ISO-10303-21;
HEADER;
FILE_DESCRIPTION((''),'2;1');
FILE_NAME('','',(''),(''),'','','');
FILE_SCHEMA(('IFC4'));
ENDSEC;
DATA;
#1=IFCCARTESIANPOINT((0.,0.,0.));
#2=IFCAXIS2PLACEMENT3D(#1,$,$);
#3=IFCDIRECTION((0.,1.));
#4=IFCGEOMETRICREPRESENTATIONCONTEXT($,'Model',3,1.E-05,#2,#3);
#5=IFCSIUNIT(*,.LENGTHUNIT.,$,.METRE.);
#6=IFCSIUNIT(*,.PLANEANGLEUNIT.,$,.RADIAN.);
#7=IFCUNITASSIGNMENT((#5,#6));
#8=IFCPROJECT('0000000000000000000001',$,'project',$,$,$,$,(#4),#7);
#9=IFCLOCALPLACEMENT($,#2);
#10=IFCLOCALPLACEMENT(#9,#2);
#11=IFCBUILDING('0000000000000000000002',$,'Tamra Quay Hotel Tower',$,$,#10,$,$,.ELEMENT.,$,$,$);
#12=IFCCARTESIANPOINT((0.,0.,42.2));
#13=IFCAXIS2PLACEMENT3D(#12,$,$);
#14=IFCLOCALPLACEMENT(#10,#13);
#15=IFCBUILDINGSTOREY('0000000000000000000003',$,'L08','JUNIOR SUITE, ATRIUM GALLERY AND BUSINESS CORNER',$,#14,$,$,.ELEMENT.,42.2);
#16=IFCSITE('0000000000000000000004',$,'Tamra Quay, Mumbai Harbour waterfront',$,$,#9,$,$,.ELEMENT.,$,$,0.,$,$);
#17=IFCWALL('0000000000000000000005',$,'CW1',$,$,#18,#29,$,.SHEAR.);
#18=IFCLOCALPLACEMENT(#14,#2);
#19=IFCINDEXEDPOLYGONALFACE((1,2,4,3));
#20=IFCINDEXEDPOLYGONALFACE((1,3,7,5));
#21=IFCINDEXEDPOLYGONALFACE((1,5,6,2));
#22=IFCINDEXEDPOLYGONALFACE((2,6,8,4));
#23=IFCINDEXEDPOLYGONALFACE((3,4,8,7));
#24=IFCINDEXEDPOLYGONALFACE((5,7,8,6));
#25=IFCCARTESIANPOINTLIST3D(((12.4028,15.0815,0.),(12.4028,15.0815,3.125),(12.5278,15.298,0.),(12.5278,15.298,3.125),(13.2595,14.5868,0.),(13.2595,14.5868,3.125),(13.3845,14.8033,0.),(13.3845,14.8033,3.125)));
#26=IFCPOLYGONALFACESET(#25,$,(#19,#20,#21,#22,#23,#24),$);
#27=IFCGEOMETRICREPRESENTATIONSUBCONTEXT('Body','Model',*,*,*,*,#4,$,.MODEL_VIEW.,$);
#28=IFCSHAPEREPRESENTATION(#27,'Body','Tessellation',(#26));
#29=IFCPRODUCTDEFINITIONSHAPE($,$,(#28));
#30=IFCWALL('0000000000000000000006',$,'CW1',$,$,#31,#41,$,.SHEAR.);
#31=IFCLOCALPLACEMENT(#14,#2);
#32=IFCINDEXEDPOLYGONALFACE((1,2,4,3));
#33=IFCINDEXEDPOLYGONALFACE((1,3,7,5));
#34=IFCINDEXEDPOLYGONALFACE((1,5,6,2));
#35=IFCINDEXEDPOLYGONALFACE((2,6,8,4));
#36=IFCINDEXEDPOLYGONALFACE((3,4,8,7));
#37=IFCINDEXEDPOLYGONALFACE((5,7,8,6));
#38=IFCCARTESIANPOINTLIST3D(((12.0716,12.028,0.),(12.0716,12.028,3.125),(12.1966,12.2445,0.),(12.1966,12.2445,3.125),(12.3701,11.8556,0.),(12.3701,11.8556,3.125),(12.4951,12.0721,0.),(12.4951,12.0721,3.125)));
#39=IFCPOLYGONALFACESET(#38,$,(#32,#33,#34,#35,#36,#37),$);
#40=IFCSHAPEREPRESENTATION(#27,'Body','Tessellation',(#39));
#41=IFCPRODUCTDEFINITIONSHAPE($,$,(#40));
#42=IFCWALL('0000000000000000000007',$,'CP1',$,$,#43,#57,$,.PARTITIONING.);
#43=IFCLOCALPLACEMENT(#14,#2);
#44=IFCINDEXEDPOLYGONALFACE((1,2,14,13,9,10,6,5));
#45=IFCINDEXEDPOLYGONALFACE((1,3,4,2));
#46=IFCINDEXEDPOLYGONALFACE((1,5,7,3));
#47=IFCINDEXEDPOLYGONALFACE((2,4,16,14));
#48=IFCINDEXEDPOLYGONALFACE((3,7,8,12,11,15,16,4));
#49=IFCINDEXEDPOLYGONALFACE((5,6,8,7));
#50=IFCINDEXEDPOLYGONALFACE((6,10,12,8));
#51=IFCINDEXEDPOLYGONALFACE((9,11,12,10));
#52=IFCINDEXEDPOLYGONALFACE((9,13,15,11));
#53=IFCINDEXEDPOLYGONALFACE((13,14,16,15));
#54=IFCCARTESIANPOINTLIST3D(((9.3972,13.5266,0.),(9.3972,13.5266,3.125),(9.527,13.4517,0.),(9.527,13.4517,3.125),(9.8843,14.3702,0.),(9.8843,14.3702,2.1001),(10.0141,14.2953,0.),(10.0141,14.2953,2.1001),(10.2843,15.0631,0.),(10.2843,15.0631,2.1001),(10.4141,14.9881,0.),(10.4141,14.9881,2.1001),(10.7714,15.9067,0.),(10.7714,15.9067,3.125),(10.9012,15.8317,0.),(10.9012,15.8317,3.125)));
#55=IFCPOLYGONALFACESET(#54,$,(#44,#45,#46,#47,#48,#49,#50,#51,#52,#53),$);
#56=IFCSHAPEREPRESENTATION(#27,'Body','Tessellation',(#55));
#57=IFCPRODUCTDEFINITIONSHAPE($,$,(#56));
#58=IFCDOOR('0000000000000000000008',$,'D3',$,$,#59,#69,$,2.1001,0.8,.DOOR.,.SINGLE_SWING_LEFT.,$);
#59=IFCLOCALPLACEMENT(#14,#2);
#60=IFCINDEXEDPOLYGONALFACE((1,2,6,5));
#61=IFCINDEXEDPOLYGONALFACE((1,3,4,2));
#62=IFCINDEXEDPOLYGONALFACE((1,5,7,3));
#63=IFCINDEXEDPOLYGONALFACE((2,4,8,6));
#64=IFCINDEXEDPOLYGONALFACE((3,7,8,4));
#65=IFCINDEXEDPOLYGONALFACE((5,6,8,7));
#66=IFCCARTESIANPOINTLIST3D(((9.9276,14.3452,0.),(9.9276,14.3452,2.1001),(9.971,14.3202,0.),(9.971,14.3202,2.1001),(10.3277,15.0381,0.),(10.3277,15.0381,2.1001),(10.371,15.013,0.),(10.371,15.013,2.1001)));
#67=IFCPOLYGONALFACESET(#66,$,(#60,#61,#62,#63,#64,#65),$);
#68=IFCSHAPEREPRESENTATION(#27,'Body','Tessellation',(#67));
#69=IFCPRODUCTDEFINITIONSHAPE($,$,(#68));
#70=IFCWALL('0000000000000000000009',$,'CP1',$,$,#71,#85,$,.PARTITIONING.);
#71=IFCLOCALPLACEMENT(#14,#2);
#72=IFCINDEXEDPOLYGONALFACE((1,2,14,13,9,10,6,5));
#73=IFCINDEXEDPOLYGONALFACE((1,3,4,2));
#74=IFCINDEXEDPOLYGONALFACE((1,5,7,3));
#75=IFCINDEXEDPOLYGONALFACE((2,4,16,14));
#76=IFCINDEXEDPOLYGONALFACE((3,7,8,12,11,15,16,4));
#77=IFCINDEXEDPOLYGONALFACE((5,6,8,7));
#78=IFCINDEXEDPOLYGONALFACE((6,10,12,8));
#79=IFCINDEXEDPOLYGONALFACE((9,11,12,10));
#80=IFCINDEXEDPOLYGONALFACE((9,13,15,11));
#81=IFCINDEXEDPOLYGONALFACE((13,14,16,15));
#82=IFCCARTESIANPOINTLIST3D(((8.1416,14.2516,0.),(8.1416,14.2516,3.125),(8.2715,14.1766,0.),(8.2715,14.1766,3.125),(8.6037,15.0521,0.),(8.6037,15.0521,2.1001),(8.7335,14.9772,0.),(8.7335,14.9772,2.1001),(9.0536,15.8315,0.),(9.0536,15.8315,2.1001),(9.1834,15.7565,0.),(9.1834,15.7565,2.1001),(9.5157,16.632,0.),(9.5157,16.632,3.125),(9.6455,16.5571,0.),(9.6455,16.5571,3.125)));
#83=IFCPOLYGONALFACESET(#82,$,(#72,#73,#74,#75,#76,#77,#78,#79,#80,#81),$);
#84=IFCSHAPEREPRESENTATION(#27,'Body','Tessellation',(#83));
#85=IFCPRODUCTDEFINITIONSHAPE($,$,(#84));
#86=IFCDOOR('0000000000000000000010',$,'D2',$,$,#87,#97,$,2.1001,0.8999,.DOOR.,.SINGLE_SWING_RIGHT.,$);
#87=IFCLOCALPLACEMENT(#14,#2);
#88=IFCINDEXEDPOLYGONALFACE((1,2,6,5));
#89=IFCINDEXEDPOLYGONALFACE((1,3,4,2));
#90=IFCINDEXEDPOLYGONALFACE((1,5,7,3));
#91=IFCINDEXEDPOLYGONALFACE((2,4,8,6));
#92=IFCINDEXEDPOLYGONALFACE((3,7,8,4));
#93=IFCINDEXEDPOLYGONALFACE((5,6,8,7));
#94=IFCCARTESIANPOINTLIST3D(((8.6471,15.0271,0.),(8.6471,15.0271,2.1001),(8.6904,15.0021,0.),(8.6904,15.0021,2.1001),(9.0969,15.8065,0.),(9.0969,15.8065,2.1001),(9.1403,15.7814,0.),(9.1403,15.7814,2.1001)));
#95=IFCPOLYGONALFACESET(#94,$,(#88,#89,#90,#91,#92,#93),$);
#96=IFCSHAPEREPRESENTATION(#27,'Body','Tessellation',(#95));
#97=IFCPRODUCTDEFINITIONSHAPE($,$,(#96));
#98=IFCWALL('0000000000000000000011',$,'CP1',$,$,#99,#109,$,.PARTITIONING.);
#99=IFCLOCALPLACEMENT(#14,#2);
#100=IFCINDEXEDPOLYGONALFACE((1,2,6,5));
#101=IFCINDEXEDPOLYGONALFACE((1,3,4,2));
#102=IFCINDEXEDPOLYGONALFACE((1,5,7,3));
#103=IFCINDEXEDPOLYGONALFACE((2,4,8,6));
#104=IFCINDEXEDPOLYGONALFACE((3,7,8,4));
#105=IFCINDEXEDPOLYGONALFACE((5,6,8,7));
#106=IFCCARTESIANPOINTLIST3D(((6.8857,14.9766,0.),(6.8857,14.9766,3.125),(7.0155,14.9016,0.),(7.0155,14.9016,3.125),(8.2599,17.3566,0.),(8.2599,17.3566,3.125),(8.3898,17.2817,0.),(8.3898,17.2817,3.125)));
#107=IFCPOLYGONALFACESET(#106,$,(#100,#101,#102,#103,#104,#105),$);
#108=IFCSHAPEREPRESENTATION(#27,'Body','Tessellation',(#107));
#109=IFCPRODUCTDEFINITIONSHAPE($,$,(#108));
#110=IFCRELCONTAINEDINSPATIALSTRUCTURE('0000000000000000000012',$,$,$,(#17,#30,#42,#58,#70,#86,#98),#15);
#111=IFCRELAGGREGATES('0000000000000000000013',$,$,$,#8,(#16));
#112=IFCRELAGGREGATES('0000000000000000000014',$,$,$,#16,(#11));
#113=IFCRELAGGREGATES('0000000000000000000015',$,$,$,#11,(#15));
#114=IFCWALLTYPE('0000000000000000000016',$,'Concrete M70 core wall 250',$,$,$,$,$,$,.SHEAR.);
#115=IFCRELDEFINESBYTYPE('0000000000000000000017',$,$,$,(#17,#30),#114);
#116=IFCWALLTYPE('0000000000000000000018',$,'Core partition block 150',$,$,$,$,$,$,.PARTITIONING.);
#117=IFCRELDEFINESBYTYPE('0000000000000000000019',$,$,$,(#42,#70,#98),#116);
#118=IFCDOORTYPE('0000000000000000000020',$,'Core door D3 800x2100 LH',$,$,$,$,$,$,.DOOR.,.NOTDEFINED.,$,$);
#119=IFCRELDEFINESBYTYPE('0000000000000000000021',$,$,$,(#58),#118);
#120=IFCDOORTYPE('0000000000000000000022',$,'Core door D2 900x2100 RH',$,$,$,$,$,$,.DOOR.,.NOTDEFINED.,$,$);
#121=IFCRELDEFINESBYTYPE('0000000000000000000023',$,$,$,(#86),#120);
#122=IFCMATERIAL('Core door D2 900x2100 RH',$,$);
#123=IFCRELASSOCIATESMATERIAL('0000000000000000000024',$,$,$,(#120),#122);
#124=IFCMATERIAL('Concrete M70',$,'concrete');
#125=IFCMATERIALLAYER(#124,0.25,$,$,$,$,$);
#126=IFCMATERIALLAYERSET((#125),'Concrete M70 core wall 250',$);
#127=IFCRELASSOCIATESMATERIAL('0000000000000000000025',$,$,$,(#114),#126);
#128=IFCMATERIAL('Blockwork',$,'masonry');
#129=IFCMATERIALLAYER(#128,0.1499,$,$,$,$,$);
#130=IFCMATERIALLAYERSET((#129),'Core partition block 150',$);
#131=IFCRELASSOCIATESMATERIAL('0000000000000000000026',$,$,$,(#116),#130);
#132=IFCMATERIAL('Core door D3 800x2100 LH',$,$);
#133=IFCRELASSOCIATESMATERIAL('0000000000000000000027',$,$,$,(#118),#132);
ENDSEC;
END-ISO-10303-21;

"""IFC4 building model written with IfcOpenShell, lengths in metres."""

from ifc_helpers import new_model, si_unit, direction, frame, frame_2d, origin, place, context, subcontext, project, spatial, rectangle, extrude, material, layer, layer_set, type_object, element, fill, save


model = new_model("IFC4")

# Units and contexts
model_context = context("Model", 3, precision=1e-05, world=origin(), true_north=direction((0.0, 1.0)))
body_context = subcontext(model_context, "Body", "Model", "MODEL_VIEW")
ifc_project = project(units=[si_unit("LENGTHUNIT", "METRE"), si_unit("PLANEANGLEUNIT", "RADIAN")], contexts=[model_context])

# Site, building, storey
site_placement = place(None, origin())
site = spatial("IfcSite", under=ifc_project, at=site_placement, Name="Tamra Quay, Mumbai Harbour waterfront", CompositionType="ELEMENT", RefElevation=0.0)
building_placement = place(site_placement, origin())
building = spatial("IfcBuilding", under=site, at=building_placement, Name="Tamra Quay Hotel Tower", CompositionType="ELEMENT")
storey_placement = place(building_placement, frame((0.0, 0.0, 42.2)))
storey = spatial("IfcBuildingStorey", under=building, at=storey_placement, Name="L08", Description="JUNIOR SUITE, ATRIUM GALLERY AND BUSINESS CORNER", CompositionType="ELEMENT", Elevation=42.2)

# Shared definitions
ifc_material_1 = material(Name="Concrete M70", Category="concrete")

# Shared definitions
ifc_material_2 = material(Name="Core door D2 900x2100 RH")
door_type_1 = type_object("IfcDoorType", Name="Core door D2 900x2100 RH", OperationType="NOTDEFINED", PredefinedType="DOOR", material=ifc_material_2)

# Walls
ifc_layer_1 = layer(ifc_material_1, 0.25)
ifc_layer_set_1 = layer_set([ifc_layer_1], Name="Concrete M70 core wall 250")
wall_type_1 = type_object("IfcWallType", Name="Concrete M70 core wall 250", PredefinedType="SHEAR", material=ifc_layer_set_1)
wall_1_placement = place(storey_placement, frame((13.322, 14.6951, 0.0), z_axis=(0.0, 0.0, 1.0), x_axis=(-0.866017, 0.500014, 0.0)))
element("IfcWall", 1, at=wall_1_placement, inside=storey, type_object=wall_type_1, Name="CW1", PredefinedType="SHEAR", context=body_context, shape_type="SweptSolid", body=[
    extrude(rectangle(XDim=0.9893, YDim=0.25, at=frame_2d((0.4946, 0.0))), origin(), (0.0, 0.0, 1.0), 3.125),
])
wall_2_placement = place(storey_placement, frame((12.4326, 11.9639, 0.0), z_axis=(0.0, 0.0, 1.0), x_axis=(-0.866056, 0.499947, 0.0)))
element("IfcWall", 2, at=wall_2_placement, inside=storey, type_object=wall_type_1, Name="CW1", PredefinedType="SHEAR", context=body_context, shape_type="SweptSolid", body=[
    extrude(rectangle(XDim=0.3447, YDim=0.25, at=frame_2d((0.1724, 0.0))), origin(), (0.0, 0.0, 1.0), 3.125),
])

# Walls, openings, doors
ifc_material_3 = material(Name="Blockwork", Category="masonry")
ifc_layer_2 = layer(ifc_material_3, 0.1499)
ifc_layer_set_2 = layer_set([ifc_layer_2], Name="Core partition block 150")
wall_type_2 = type_object("IfcWallType", Name="Core partition block 150", PredefinedType="PARTITIONING", material=ifc_layer_set_2)
wall_3_placement = place(storey_placement, frame((9.4622, 13.4893, 0.0), z_axis=(0.0, 0.0, 1.0), x_axis=(0.500027, 0.86601, 0.0)))
wall_3 = element("IfcWall", 3, at=wall_3_placement, inside=storey, type_object=wall_type_2, Name="CP1", PredefinedType="PARTITIONING", context=body_context, shape_type="SweptSolid", body=[
    extrude(rectangle(XDim=2.7483, YDim=0.1499, at=frame_2d((1.374, 0.0))), origin(), (0.0, 0.0, 1.0), 3.125),
])
opening_1_placement = place(wall_3_placement, frame((0.9741, 0.0, 0.0)))
opening_1 = element("IfcOpeningElement", 4, at=opening_1_placement, cuts=wall_3, PredefinedType="OPENING", context=body_context, shape_type="SweptSolid", body=[
    extrude(rectangle(XDim=0.8, YDim=2.1001, at=frame_2d((0.3999, 1.05))), frame((0.0, 0.085, 0.0), z_axis=(0.0, -1.0, 0.0), x_axis=(1.0, 0.0, 0.0)), (0.0, 0.0, 1.0), 0.1699),
])
ifc_material_4 = material(Name="Core door D3 800x2100 LH")
door_type_2 = type_object("IfcDoorType", Name="Core door D3 800x2100 LH", OperationType="NOTDEFINED", PredefinedType="DOOR", material=ifc_material_4)
door_1_placement = place(opening_1_placement, origin())
door_1 = element("IfcDoor", 5, at=door_1_placement, inside=storey, type_object=door_type_2, Name="D3", OperationType="SINGLE_SWING_LEFT", OverallHeight=2.1001, OverallWidth=0.8, PredefinedType="DOOR", context=body_context, shape_type="SweptSolid", body=[
    extrude(rectangle(XDim=0.8, YDim=2.1001, at=frame_2d((0.3999, 1.05))), frame((0.0, 0.0249, 0.0), z_axis=(0.0, -1.0, 0.0), x_axis=(1.0, 0.0, 0.0)), (0.0, 0.0, 1.0), 0.05),
])
fill(opening_1, door_1)
wall_4_placement = place(storey_placement, frame((8.2065, 14.2141, 0.0), z_axis=(0.0, 0.0, 1.0), x_axis=(0.499922, 0.86607, 0.0)))
wall_4 = element("IfcWall", 6, at=wall_4_placement, inside=storey, type_object=wall_type_2, Name="CP1", PredefinedType="PARTITIONING", context=body_context, shape_type="SweptSolid", body=[
    extrude(rectangle(XDim=2.7485, YDim=0.1499, at=frame_2d((1.3743, 0.0))), origin(), (0.0, 0.0, 1.0), 3.125),
])
opening_2_placement = place(wall_4_placement, frame((0.9243, 0.0, 0.0)))
opening_2 = element("IfcOpeningElement", 7, at=opening_2_placement, cuts=wall_4, PredefinedType="OPENING", context=body_context, shape_type="SweptSolid", body=[
    extrude(rectangle(XDim=0.8999, YDim=2.1001, at=frame_2d((0.45, 1.05))), frame((0.0, 0.085, 0.0), z_axis=(0.0, -1.0, 0.0), x_axis=(1.0, 0.0, 0.0)), (0.0, 0.0, 1.0), 0.1699),
])
door_2_placement = place(opening_2_placement, origin())
door_2 = element("IfcDoor", 8, at=door_2_placement, inside=storey, type_object=door_type_1, Name="D2", OperationType="SINGLE_SWING_RIGHT", OverallHeight=2.1001, OverallWidth=0.8999, PredefinedType="DOOR", context=body_context, shape_type="SweptSolid", body=[
    extrude(rectangle(XDim=0.8999, YDim=2.1001, at=frame_2d((0.45, 1.05))), frame((0.0, 0.0249, 0.0), z_axis=(0.0, -1.0, 0.0), x_axis=(1.0, 0.0, 0.0)), (0.0, 0.0, 1.0), 0.05),
])
fill(opening_2, door_2)

# Wall
wall_5_placement = place(storey_placement, frame((6.9507, 14.9392, 0.0), z_axis=(0.0, 0.0, 1.0), x_axis=(0.500027, 0.86601, 0.0)))
element("IfcWall", 9, at=wall_5_placement, inside=storey, type_object=wall_type_2, Name="CP1", PredefinedType="PARTITIONING", context=body_context, shape_type="SweptSolid", body=[
    extrude(rectangle(XDim=2.7483, YDim=0.1499, at=frame_2d((1.374, 0.0))), origin(), (0.0, 0.0, 1.0), 3.125),
])

save(model, "model.ifc")
